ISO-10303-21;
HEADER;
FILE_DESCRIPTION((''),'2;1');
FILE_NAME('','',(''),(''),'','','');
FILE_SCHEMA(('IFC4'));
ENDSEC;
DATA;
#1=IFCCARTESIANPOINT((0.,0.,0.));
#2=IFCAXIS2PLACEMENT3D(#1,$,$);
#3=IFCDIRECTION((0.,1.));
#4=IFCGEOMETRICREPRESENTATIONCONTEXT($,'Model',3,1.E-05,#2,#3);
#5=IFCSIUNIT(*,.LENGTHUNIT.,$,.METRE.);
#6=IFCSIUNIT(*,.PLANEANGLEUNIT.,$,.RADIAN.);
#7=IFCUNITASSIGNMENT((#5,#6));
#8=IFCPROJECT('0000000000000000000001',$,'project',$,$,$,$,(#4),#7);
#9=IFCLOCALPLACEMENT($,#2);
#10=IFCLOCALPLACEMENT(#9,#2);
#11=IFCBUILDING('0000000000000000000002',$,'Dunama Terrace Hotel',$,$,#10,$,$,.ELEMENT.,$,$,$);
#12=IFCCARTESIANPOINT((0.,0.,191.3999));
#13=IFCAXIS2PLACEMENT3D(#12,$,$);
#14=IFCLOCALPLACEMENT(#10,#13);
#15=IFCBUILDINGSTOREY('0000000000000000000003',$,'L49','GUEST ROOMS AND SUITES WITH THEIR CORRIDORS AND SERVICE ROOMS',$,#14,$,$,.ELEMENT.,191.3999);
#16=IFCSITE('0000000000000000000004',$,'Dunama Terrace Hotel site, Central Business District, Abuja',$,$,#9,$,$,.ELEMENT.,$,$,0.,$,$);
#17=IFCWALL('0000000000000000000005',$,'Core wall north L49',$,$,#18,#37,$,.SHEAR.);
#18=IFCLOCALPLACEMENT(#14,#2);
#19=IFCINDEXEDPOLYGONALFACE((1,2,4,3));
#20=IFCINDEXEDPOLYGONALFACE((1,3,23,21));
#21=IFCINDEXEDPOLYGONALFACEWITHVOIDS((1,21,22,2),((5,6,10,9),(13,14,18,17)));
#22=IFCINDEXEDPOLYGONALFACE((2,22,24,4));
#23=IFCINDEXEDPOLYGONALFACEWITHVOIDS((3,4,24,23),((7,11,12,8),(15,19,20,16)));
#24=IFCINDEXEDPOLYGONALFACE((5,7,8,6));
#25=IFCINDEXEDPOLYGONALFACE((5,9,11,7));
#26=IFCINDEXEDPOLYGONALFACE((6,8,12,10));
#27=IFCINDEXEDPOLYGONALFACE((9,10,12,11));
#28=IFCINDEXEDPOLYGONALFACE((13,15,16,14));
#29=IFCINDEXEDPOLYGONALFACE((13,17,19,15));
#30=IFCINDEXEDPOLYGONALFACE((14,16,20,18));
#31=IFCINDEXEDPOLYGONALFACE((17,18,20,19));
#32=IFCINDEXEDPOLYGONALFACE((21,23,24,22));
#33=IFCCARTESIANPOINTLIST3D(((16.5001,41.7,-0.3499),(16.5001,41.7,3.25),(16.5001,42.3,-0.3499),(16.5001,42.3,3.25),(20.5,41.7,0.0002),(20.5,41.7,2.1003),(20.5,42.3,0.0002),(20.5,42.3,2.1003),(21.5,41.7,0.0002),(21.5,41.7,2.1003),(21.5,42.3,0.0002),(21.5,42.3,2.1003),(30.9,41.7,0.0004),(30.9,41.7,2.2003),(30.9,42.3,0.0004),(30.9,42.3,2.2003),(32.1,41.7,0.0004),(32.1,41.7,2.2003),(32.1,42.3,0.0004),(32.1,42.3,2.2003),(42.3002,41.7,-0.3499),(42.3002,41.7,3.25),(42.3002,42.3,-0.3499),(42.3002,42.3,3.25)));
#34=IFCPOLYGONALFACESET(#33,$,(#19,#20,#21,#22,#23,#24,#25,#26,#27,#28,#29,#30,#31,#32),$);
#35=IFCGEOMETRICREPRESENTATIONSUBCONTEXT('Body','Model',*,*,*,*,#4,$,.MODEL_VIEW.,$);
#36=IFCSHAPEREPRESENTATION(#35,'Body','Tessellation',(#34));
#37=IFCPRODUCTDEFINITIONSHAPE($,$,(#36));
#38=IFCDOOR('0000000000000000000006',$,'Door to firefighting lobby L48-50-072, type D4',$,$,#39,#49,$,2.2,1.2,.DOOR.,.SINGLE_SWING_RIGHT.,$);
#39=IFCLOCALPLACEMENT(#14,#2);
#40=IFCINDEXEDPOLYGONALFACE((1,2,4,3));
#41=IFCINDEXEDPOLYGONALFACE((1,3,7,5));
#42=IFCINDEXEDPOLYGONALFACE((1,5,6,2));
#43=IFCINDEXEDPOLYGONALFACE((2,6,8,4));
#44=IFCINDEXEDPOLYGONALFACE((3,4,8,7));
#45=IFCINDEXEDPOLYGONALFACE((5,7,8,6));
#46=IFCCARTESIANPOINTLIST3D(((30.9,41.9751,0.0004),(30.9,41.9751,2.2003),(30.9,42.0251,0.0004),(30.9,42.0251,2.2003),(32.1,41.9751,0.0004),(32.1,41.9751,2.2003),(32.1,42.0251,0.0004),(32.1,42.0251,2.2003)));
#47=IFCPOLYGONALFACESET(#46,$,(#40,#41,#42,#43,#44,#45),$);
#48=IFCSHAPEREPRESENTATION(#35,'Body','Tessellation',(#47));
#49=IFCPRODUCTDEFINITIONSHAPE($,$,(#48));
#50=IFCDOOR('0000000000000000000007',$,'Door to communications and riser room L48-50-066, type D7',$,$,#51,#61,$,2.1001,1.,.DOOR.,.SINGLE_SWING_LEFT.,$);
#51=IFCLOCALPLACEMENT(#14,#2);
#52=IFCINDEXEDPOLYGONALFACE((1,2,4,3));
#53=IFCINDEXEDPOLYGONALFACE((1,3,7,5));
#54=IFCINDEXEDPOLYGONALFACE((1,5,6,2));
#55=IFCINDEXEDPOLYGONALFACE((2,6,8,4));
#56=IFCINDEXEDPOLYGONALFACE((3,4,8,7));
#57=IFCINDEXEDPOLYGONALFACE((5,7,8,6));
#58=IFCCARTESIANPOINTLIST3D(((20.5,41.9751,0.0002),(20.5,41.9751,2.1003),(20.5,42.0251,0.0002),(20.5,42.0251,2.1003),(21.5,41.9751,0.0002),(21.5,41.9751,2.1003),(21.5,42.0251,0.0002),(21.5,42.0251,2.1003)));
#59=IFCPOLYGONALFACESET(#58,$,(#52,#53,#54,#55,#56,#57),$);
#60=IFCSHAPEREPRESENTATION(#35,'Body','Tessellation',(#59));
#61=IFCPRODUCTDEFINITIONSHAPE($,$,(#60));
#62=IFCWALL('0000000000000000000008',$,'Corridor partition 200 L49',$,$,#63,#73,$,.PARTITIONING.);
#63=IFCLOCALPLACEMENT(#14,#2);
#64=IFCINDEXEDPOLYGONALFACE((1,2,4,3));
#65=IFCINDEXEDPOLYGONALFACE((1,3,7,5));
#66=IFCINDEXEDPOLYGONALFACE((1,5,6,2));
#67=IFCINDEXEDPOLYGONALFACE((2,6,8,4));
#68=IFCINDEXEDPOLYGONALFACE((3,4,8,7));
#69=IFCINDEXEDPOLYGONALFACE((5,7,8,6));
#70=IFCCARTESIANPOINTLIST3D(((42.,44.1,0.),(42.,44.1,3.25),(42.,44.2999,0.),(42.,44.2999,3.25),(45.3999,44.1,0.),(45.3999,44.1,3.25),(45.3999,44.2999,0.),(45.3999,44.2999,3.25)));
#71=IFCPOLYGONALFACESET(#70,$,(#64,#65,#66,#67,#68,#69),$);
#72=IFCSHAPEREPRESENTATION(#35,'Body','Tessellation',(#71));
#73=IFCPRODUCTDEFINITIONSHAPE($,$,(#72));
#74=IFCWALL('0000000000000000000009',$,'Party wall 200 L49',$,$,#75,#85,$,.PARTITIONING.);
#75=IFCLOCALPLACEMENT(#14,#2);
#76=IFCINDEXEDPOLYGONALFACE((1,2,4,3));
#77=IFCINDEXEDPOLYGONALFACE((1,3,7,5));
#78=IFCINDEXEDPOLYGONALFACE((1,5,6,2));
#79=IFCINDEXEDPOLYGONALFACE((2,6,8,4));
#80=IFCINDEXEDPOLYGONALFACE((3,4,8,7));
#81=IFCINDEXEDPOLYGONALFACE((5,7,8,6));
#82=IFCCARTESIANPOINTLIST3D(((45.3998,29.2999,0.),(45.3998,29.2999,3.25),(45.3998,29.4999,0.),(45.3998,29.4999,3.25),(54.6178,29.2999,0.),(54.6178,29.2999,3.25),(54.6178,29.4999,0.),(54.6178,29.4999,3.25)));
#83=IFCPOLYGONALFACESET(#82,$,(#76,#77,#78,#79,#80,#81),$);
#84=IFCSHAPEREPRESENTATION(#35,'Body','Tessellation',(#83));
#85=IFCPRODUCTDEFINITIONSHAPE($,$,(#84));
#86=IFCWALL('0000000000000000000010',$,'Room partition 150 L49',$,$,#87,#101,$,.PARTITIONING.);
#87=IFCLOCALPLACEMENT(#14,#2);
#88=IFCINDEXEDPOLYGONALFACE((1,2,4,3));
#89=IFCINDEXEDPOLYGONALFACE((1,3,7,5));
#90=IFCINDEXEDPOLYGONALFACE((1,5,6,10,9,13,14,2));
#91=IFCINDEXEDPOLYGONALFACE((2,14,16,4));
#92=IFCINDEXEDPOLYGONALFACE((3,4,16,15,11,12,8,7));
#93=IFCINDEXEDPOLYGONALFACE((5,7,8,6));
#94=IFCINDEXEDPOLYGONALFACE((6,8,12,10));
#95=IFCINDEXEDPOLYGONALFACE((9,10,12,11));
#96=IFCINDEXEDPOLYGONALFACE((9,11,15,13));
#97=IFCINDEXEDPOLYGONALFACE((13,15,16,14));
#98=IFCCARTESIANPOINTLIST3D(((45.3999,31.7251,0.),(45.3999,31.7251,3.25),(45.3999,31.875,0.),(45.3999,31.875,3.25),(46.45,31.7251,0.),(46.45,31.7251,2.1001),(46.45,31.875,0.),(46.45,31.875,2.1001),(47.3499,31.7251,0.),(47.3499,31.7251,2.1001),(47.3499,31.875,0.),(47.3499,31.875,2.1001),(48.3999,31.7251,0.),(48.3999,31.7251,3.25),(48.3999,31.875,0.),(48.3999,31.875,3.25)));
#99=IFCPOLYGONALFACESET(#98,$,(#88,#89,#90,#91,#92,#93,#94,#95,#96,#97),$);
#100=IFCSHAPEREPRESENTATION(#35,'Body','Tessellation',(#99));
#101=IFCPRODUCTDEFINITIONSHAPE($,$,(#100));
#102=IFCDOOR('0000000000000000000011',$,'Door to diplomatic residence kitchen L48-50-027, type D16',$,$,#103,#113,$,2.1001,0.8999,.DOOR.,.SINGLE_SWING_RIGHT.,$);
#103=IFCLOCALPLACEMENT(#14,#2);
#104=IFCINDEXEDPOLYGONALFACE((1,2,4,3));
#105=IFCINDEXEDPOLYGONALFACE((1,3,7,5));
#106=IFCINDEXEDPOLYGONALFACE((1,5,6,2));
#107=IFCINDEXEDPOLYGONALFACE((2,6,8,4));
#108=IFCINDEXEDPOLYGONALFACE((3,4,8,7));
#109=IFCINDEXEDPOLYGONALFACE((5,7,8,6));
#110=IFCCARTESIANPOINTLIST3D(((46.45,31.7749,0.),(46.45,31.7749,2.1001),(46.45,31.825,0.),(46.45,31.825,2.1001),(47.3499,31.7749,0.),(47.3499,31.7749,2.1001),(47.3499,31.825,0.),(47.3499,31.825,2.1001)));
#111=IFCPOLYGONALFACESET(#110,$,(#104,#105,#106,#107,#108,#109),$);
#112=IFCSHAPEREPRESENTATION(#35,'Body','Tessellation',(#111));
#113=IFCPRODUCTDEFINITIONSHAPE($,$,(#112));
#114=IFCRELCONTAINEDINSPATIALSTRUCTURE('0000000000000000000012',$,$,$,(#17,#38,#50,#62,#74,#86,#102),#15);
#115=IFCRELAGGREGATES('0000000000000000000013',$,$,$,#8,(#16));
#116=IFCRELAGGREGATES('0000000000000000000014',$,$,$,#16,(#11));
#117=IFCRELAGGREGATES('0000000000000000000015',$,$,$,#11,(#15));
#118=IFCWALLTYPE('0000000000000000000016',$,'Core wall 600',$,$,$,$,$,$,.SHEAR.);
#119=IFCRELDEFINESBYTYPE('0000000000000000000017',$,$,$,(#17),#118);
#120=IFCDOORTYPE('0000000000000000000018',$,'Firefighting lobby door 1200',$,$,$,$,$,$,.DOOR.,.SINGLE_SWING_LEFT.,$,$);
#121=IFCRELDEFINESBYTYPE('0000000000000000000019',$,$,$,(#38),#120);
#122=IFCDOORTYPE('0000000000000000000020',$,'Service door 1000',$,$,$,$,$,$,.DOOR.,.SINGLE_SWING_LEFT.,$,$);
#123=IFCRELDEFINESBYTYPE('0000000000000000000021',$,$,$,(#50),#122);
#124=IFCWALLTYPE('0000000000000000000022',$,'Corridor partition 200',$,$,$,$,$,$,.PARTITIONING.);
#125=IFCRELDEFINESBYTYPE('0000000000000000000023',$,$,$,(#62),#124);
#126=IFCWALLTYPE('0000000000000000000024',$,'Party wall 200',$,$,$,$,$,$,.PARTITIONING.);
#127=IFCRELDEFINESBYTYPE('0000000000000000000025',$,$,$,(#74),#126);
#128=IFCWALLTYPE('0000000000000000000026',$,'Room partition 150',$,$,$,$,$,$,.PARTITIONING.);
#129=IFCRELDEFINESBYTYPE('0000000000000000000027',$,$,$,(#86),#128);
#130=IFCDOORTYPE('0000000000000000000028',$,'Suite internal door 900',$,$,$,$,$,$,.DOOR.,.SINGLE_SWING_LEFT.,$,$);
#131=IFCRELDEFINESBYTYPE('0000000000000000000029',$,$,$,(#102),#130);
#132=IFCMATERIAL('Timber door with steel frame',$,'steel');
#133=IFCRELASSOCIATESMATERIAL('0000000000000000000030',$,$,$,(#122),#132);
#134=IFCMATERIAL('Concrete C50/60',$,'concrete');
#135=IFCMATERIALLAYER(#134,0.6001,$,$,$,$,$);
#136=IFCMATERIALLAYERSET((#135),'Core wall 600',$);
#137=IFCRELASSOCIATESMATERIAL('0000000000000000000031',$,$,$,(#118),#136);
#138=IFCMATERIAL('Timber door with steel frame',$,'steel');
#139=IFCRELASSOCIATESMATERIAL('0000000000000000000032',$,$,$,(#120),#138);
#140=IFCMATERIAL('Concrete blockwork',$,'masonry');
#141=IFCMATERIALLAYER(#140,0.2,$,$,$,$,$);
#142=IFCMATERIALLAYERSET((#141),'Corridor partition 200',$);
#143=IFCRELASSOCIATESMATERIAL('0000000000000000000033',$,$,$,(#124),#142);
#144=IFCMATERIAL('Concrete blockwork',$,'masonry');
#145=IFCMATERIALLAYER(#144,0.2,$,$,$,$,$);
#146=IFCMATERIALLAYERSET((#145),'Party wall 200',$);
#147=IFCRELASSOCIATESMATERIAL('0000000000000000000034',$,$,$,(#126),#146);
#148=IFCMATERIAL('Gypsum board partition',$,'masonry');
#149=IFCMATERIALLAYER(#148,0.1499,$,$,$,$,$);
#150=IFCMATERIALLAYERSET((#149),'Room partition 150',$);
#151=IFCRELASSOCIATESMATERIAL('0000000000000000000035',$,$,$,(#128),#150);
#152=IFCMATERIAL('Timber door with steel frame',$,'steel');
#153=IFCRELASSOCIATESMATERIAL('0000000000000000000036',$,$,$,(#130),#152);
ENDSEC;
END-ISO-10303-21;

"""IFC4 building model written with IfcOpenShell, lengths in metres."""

from ifc_helpers import new_model, si_unit, direction, frame, frame_2d, origin, place, context, subcontext, project, spatial, rectangle, extrude, material, layer, layer_set, type_object, element, fill, save


model = new_model("IFC4")

# Units and contexts
model_context = context("Model", 3, precision=1e-05, world=origin(), true_north=direction((0.0, 1.0)))
body_context = subcontext(model_context, "Body", "Model", "MODEL_VIEW")
ifc_project = project(units=[si_unit("LENGTHUNIT", "METRE"), si_unit("PLANEANGLEUNIT", "RADIAN")], contexts=[model_context])

# Site, building, storey
site_placement = place(None, origin())
site = spatial("IfcSite", under=ifc_project, at=site_placement, Name="Dunama Terrace Hotel site, Central Business District, Abuja", CompositionType="ELEMENT", RefElevation=0.0)
building_placement = place(site_placement, origin())
building = spatial("IfcBuilding", under=site, at=building_placement, Name="Dunama Terrace Hotel", CompositionType="ELEMENT")
storey_placement = place(building_placement, frame((0.0, 0.0, 191.3999)))
storey = spatial("IfcBuildingStorey", under=building, at=storey_placement, Name="L49", Description="GUEST ROOMS AND SUITES WITH THEIR CORRIDORS AND SERVICE ROOMS", CompositionType="ELEMENT", Elevation=191.3999)

# Shared definitions
ifc_material_1 = material(Name="Timber door with steel frame", Category="steel")
door_type_1 = type_object("IfcDoorType", Name="Service door 1000", OperationType="SINGLE_SWING_LEFT", PredefinedType="DOOR", material=ifc_material_1)

# Wall, openings, doors
ifc_material_2 = material(Name="Concrete C50/60", Category="concrete")
ifc_layer_1 = layer(ifc_material_2, 0.6001)
ifc_layer_set_1 = layer_set([ifc_layer_1], Name="Core wall 600")
wall_type_1 = type_object("IfcWallType", Name="Core wall 600", PredefinedType="SHEAR", material=ifc_layer_set_1)
wall_1_placement = place(storey_placement, frame((42.3, 42.0, -0.3499), z_axis=(0.0, 0.0, 1.0), x_axis=(-1.0, 0.0, 0.0)))
wall_1 = element("IfcWall", 1, at=wall_1_placement, inside=storey, type_object=wall_type_1, Name="Core wall north L49", PredefinedType="SHEAR", context=body_context, shape_type="SweptSolid", body=[
    extrude(rectangle(XDim=25.8, YDim=0.6001, at=frame_2d((12.8999, 0.0))), origin(), (0.0, 0.0, 1.0), 3.5999),
])
opening_1_placement = place(wall_1_placement, frame((20.8, 0.0, 0.3501)))
opening_1 = element("IfcOpeningElement", 2, at=opening_1_placement, cuts=wall_1, PredefinedType="OPENING", context=body_context, shape_type="SweptSolid", body=[
    extrude(rectangle(XDim=1.0, YDim=2.1001, at=frame_2d((0.5, 1.05))), frame((0.0, 0.3101, 0.0), z_axis=(0.0, -1.0, 0.0), x_axis=(1.0, 0.0, 0.0)), (0.0, 0.0, 1.0), 0.6201),
])
opening_2_placement = place(wall_1_placement, frame((10.2, 0.0, 0.3501)))
opening_2 = element("IfcOpeningElement", 3, at=opening_2_placement, cuts=wall_1, PredefinedType="OPENING", context=body_context, shape_type="SweptSolid", body=[
    extrude(rectangle(XDim=1.2, YDim=2.2, at=frame_2d((0.6001, 1.1001))), frame((0.0, 0.3101, 0.0), z_axis=(0.0, -1.0, 0.0), x_axis=(1.0, 0.0, 0.0)), (0.0, 0.0, 1.0), 0.6201),
])
ifc_material_3 = material(Name="Timber door with steel frame", Category="steel")
door_type_2 = type_object("IfcDoorType", Name="Firefighting lobby door 1200", OperationType="SINGLE_SWING_LEFT", PredefinedType="DOOR", material=ifc_material_3)
door_1_placement = place(opening_2_placement, origin())
door_1 = element("IfcDoor", 4, at=door_1_placement, inside=storey, type_object=door_type_2, Name="Door to firefighting lobby L48-50-072, type D4", OperationType="SINGLE_SWING_RIGHT", OverallHeight=2.2, OverallWidth=1.2, PredefinedType="DOOR", context=body_context, shape_type="SweptSolid", body=[
    extrude(rectangle(XDim=1.2, YDim=2.2, at=frame_2d((0.6001, 1.1001))), frame((0.0, 0.0249, 0.0), z_axis=(0.0, -1.0, 0.0), x_axis=(1.0, 0.0, 0.0)), (0.0, 0.0, 1.0), 0.05),
])
fill(opening_2, door_1)
door_2_placement = place(opening_1_placement, origin())
door_2 = element("IfcDoor", 5, at=door_2_placement, inside=storey, type_object=door_type_1, Name="Door to communications and riser room L48-50-066, type D7", OperationType="SINGLE_SWING_LEFT", OverallHeight=2.1001, OverallWidth=1.0, PredefinedType="DOOR", context=body_context, shape_type="SweptSolid", body=[
    extrude(rectangle(XDim=1.0, YDim=2.1001, at=frame_2d((0.5, 1.05))), frame((0.0, 0.0249, 0.0), z_axis=(0.0, -1.0, 0.0), x_axis=(1.0, 0.0, 0.0)), (0.0, 0.0, 1.0), 0.05),
])
fill(opening_1, door_2)

# Walls
ifc_material_4 = material(Name="Concrete blockwork", Category="masonry")
ifc_layer_2 = layer(ifc_material_4, 0.2)
ifc_layer_set_2 = layer_set([ifc_layer_2], Name="Corridor partition 200")
wall_type_2 = type_object("IfcWallType", Name="Corridor partition 200", PredefinedType="PARTITIONING", material=ifc_layer_set_2)
wall_2_placement = place(storey_placement, frame((42.0, 44.2, 0.0), z_axis=(0.0, 0.0, 1.0), x_axis=(1.0, 0.0, 0.0)))
element("IfcWall", 6, at=wall_2_placement, inside=storey, type_object=wall_type_2, Name="Corridor partition 200 L49", PredefinedType="PARTITIONING", context=body_context, shape_type="SweptSolid", body=[
    extrude(rectangle(XDim=3.3999, YDim=0.2, at=frame_2d((1.7, 0.0))), origin(), (0.0, 0.0, 1.0), 3.25),
])
ifc_material_5 = material(Name="Concrete blockwork", Category="masonry")
ifc_layer_3 = layer(ifc_material_5, 0.2)
ifc_layer_set_3 = layer_set([ifc_layer_3], Name="Party wall 200")
wall_type_3 = type_object("IfcWallType", Name="Party wall 200", PredefinedType="PARTITIONING", material=ifc_layer_set_3)
wall_3_placement = place(storey_placement, frame((45.3999, 29.3999, 0.0), z_axis=(0.0, 0.0, 1.0), x_axis=(1.0, 0.0, 0.0)))
element("IfcWall", 7, at=wall_3_placement, inside=storey, type_object=wall_type_3, Name="Party wall 200 L49", PredefinedType="PARTITIONING", context=body_context, shape_type="SweptSolid", body=[
    extrude(rectangle(XDim=9.218, YDim=0.2, at=frame_2d((4.6089, 0.0))), origin(), (0.0, 0.0, 1.0), 3.25),
])

# Wall, opening, door
ifc_material_6 = material(Name="Gypsum board partition", Category="masonry")
ifc_layer_4 = layer(ifc_material_6, 0.1499)
ifc_layer_set_4 = layer_set([ifc_layer_4], Name="Room partition 150")
wall_type_4 = type_object("IfcWallType", Name="Room partition 150", PredefinedType="PARTITIONING", material=ifc_layer_set_4)
wall_4_placement = place(storey_placement, frame((45.3999, 31.8, 0.0), z_axis=(0.0, 0.0, 1.0), x_axis=(1.0, 0.0, 0.0)))
wall_4 = element("IfcWall", 8, at=wall_4_placement, inside=storey, type_object=wall_type_4, Name="Room partition 150 L49", PredefinedType="PARTITIONING", context=body_context, shape_type="SweptSolid", body=[
    extrude(rectangle(XDim=3.0, YDim=0.1499, at=frame_2d((1.5, 0.0))), origin(), (0.0, 0.0, 1.0), 3.25),
])
opening_3_placement = place(wall_4_placement, frame((1.05, 0.0, 0.0)))
opening_3 = element("IfcOpeningElement", 9, at=opening_3_placement, cuts=wall_4, PredefinedType="OPENING", context=body_context, shape_type="SweptSolid", body=[
    extrude(rectangle(XDim=0.8999, YDim=2.1001, at=frame_2d((0.45, 1.05))), frame((0.0, 0.085, 0.0), z_axis=(0.0, -1.0, 0.0), x_axis=(1.0, 0.0, 0.0)), (0.0, 0.0, 1.0), 0.1699),
])
ifc_material_7 = material(Name="Timber door with steel frame", Category="steel")
door_type_3 = type_object("IfcDoorType", Name="Suite internal door 900", OperationType="SINGLE_SWING_LEFT", PredefinedType="DOOR", material=ifc_material_7)
door_3_placement = place(opening_3_placement, frame((0.8999, 0.0, 0.0), z_axis=(0.0, 0.0, 1.0), x_axis=(-1.0, 0.0, 0.0)))
door_3 = element("IfcDoor", 10, at=door_3_placement, inside=storey, type_object=door_type_3, Name="Door to diplomatic residence kitchen L48-50-027, type D16", OperationType="SINGLE_SWING_RIGHT", OverallHeight=2.1001, OverallWidth=0.8999, PredefinedType="DOOR", context=body_context, shape_type="SweptSolid", body=[
    extrude(rectangle(XDim=0.8999, YDim=2.1001, at=frame_2d((0.45, 1.05))), frame((0.0, 0.0251, 0.0), z_axis=(0.0, -1.0, 0.0), x_axis=(1.0, 0.0, 0.0)), (0.0, 0.0, 1.0), 0.05),
])
fill(opening_3, door_3)

save(model, "model.ifc")
